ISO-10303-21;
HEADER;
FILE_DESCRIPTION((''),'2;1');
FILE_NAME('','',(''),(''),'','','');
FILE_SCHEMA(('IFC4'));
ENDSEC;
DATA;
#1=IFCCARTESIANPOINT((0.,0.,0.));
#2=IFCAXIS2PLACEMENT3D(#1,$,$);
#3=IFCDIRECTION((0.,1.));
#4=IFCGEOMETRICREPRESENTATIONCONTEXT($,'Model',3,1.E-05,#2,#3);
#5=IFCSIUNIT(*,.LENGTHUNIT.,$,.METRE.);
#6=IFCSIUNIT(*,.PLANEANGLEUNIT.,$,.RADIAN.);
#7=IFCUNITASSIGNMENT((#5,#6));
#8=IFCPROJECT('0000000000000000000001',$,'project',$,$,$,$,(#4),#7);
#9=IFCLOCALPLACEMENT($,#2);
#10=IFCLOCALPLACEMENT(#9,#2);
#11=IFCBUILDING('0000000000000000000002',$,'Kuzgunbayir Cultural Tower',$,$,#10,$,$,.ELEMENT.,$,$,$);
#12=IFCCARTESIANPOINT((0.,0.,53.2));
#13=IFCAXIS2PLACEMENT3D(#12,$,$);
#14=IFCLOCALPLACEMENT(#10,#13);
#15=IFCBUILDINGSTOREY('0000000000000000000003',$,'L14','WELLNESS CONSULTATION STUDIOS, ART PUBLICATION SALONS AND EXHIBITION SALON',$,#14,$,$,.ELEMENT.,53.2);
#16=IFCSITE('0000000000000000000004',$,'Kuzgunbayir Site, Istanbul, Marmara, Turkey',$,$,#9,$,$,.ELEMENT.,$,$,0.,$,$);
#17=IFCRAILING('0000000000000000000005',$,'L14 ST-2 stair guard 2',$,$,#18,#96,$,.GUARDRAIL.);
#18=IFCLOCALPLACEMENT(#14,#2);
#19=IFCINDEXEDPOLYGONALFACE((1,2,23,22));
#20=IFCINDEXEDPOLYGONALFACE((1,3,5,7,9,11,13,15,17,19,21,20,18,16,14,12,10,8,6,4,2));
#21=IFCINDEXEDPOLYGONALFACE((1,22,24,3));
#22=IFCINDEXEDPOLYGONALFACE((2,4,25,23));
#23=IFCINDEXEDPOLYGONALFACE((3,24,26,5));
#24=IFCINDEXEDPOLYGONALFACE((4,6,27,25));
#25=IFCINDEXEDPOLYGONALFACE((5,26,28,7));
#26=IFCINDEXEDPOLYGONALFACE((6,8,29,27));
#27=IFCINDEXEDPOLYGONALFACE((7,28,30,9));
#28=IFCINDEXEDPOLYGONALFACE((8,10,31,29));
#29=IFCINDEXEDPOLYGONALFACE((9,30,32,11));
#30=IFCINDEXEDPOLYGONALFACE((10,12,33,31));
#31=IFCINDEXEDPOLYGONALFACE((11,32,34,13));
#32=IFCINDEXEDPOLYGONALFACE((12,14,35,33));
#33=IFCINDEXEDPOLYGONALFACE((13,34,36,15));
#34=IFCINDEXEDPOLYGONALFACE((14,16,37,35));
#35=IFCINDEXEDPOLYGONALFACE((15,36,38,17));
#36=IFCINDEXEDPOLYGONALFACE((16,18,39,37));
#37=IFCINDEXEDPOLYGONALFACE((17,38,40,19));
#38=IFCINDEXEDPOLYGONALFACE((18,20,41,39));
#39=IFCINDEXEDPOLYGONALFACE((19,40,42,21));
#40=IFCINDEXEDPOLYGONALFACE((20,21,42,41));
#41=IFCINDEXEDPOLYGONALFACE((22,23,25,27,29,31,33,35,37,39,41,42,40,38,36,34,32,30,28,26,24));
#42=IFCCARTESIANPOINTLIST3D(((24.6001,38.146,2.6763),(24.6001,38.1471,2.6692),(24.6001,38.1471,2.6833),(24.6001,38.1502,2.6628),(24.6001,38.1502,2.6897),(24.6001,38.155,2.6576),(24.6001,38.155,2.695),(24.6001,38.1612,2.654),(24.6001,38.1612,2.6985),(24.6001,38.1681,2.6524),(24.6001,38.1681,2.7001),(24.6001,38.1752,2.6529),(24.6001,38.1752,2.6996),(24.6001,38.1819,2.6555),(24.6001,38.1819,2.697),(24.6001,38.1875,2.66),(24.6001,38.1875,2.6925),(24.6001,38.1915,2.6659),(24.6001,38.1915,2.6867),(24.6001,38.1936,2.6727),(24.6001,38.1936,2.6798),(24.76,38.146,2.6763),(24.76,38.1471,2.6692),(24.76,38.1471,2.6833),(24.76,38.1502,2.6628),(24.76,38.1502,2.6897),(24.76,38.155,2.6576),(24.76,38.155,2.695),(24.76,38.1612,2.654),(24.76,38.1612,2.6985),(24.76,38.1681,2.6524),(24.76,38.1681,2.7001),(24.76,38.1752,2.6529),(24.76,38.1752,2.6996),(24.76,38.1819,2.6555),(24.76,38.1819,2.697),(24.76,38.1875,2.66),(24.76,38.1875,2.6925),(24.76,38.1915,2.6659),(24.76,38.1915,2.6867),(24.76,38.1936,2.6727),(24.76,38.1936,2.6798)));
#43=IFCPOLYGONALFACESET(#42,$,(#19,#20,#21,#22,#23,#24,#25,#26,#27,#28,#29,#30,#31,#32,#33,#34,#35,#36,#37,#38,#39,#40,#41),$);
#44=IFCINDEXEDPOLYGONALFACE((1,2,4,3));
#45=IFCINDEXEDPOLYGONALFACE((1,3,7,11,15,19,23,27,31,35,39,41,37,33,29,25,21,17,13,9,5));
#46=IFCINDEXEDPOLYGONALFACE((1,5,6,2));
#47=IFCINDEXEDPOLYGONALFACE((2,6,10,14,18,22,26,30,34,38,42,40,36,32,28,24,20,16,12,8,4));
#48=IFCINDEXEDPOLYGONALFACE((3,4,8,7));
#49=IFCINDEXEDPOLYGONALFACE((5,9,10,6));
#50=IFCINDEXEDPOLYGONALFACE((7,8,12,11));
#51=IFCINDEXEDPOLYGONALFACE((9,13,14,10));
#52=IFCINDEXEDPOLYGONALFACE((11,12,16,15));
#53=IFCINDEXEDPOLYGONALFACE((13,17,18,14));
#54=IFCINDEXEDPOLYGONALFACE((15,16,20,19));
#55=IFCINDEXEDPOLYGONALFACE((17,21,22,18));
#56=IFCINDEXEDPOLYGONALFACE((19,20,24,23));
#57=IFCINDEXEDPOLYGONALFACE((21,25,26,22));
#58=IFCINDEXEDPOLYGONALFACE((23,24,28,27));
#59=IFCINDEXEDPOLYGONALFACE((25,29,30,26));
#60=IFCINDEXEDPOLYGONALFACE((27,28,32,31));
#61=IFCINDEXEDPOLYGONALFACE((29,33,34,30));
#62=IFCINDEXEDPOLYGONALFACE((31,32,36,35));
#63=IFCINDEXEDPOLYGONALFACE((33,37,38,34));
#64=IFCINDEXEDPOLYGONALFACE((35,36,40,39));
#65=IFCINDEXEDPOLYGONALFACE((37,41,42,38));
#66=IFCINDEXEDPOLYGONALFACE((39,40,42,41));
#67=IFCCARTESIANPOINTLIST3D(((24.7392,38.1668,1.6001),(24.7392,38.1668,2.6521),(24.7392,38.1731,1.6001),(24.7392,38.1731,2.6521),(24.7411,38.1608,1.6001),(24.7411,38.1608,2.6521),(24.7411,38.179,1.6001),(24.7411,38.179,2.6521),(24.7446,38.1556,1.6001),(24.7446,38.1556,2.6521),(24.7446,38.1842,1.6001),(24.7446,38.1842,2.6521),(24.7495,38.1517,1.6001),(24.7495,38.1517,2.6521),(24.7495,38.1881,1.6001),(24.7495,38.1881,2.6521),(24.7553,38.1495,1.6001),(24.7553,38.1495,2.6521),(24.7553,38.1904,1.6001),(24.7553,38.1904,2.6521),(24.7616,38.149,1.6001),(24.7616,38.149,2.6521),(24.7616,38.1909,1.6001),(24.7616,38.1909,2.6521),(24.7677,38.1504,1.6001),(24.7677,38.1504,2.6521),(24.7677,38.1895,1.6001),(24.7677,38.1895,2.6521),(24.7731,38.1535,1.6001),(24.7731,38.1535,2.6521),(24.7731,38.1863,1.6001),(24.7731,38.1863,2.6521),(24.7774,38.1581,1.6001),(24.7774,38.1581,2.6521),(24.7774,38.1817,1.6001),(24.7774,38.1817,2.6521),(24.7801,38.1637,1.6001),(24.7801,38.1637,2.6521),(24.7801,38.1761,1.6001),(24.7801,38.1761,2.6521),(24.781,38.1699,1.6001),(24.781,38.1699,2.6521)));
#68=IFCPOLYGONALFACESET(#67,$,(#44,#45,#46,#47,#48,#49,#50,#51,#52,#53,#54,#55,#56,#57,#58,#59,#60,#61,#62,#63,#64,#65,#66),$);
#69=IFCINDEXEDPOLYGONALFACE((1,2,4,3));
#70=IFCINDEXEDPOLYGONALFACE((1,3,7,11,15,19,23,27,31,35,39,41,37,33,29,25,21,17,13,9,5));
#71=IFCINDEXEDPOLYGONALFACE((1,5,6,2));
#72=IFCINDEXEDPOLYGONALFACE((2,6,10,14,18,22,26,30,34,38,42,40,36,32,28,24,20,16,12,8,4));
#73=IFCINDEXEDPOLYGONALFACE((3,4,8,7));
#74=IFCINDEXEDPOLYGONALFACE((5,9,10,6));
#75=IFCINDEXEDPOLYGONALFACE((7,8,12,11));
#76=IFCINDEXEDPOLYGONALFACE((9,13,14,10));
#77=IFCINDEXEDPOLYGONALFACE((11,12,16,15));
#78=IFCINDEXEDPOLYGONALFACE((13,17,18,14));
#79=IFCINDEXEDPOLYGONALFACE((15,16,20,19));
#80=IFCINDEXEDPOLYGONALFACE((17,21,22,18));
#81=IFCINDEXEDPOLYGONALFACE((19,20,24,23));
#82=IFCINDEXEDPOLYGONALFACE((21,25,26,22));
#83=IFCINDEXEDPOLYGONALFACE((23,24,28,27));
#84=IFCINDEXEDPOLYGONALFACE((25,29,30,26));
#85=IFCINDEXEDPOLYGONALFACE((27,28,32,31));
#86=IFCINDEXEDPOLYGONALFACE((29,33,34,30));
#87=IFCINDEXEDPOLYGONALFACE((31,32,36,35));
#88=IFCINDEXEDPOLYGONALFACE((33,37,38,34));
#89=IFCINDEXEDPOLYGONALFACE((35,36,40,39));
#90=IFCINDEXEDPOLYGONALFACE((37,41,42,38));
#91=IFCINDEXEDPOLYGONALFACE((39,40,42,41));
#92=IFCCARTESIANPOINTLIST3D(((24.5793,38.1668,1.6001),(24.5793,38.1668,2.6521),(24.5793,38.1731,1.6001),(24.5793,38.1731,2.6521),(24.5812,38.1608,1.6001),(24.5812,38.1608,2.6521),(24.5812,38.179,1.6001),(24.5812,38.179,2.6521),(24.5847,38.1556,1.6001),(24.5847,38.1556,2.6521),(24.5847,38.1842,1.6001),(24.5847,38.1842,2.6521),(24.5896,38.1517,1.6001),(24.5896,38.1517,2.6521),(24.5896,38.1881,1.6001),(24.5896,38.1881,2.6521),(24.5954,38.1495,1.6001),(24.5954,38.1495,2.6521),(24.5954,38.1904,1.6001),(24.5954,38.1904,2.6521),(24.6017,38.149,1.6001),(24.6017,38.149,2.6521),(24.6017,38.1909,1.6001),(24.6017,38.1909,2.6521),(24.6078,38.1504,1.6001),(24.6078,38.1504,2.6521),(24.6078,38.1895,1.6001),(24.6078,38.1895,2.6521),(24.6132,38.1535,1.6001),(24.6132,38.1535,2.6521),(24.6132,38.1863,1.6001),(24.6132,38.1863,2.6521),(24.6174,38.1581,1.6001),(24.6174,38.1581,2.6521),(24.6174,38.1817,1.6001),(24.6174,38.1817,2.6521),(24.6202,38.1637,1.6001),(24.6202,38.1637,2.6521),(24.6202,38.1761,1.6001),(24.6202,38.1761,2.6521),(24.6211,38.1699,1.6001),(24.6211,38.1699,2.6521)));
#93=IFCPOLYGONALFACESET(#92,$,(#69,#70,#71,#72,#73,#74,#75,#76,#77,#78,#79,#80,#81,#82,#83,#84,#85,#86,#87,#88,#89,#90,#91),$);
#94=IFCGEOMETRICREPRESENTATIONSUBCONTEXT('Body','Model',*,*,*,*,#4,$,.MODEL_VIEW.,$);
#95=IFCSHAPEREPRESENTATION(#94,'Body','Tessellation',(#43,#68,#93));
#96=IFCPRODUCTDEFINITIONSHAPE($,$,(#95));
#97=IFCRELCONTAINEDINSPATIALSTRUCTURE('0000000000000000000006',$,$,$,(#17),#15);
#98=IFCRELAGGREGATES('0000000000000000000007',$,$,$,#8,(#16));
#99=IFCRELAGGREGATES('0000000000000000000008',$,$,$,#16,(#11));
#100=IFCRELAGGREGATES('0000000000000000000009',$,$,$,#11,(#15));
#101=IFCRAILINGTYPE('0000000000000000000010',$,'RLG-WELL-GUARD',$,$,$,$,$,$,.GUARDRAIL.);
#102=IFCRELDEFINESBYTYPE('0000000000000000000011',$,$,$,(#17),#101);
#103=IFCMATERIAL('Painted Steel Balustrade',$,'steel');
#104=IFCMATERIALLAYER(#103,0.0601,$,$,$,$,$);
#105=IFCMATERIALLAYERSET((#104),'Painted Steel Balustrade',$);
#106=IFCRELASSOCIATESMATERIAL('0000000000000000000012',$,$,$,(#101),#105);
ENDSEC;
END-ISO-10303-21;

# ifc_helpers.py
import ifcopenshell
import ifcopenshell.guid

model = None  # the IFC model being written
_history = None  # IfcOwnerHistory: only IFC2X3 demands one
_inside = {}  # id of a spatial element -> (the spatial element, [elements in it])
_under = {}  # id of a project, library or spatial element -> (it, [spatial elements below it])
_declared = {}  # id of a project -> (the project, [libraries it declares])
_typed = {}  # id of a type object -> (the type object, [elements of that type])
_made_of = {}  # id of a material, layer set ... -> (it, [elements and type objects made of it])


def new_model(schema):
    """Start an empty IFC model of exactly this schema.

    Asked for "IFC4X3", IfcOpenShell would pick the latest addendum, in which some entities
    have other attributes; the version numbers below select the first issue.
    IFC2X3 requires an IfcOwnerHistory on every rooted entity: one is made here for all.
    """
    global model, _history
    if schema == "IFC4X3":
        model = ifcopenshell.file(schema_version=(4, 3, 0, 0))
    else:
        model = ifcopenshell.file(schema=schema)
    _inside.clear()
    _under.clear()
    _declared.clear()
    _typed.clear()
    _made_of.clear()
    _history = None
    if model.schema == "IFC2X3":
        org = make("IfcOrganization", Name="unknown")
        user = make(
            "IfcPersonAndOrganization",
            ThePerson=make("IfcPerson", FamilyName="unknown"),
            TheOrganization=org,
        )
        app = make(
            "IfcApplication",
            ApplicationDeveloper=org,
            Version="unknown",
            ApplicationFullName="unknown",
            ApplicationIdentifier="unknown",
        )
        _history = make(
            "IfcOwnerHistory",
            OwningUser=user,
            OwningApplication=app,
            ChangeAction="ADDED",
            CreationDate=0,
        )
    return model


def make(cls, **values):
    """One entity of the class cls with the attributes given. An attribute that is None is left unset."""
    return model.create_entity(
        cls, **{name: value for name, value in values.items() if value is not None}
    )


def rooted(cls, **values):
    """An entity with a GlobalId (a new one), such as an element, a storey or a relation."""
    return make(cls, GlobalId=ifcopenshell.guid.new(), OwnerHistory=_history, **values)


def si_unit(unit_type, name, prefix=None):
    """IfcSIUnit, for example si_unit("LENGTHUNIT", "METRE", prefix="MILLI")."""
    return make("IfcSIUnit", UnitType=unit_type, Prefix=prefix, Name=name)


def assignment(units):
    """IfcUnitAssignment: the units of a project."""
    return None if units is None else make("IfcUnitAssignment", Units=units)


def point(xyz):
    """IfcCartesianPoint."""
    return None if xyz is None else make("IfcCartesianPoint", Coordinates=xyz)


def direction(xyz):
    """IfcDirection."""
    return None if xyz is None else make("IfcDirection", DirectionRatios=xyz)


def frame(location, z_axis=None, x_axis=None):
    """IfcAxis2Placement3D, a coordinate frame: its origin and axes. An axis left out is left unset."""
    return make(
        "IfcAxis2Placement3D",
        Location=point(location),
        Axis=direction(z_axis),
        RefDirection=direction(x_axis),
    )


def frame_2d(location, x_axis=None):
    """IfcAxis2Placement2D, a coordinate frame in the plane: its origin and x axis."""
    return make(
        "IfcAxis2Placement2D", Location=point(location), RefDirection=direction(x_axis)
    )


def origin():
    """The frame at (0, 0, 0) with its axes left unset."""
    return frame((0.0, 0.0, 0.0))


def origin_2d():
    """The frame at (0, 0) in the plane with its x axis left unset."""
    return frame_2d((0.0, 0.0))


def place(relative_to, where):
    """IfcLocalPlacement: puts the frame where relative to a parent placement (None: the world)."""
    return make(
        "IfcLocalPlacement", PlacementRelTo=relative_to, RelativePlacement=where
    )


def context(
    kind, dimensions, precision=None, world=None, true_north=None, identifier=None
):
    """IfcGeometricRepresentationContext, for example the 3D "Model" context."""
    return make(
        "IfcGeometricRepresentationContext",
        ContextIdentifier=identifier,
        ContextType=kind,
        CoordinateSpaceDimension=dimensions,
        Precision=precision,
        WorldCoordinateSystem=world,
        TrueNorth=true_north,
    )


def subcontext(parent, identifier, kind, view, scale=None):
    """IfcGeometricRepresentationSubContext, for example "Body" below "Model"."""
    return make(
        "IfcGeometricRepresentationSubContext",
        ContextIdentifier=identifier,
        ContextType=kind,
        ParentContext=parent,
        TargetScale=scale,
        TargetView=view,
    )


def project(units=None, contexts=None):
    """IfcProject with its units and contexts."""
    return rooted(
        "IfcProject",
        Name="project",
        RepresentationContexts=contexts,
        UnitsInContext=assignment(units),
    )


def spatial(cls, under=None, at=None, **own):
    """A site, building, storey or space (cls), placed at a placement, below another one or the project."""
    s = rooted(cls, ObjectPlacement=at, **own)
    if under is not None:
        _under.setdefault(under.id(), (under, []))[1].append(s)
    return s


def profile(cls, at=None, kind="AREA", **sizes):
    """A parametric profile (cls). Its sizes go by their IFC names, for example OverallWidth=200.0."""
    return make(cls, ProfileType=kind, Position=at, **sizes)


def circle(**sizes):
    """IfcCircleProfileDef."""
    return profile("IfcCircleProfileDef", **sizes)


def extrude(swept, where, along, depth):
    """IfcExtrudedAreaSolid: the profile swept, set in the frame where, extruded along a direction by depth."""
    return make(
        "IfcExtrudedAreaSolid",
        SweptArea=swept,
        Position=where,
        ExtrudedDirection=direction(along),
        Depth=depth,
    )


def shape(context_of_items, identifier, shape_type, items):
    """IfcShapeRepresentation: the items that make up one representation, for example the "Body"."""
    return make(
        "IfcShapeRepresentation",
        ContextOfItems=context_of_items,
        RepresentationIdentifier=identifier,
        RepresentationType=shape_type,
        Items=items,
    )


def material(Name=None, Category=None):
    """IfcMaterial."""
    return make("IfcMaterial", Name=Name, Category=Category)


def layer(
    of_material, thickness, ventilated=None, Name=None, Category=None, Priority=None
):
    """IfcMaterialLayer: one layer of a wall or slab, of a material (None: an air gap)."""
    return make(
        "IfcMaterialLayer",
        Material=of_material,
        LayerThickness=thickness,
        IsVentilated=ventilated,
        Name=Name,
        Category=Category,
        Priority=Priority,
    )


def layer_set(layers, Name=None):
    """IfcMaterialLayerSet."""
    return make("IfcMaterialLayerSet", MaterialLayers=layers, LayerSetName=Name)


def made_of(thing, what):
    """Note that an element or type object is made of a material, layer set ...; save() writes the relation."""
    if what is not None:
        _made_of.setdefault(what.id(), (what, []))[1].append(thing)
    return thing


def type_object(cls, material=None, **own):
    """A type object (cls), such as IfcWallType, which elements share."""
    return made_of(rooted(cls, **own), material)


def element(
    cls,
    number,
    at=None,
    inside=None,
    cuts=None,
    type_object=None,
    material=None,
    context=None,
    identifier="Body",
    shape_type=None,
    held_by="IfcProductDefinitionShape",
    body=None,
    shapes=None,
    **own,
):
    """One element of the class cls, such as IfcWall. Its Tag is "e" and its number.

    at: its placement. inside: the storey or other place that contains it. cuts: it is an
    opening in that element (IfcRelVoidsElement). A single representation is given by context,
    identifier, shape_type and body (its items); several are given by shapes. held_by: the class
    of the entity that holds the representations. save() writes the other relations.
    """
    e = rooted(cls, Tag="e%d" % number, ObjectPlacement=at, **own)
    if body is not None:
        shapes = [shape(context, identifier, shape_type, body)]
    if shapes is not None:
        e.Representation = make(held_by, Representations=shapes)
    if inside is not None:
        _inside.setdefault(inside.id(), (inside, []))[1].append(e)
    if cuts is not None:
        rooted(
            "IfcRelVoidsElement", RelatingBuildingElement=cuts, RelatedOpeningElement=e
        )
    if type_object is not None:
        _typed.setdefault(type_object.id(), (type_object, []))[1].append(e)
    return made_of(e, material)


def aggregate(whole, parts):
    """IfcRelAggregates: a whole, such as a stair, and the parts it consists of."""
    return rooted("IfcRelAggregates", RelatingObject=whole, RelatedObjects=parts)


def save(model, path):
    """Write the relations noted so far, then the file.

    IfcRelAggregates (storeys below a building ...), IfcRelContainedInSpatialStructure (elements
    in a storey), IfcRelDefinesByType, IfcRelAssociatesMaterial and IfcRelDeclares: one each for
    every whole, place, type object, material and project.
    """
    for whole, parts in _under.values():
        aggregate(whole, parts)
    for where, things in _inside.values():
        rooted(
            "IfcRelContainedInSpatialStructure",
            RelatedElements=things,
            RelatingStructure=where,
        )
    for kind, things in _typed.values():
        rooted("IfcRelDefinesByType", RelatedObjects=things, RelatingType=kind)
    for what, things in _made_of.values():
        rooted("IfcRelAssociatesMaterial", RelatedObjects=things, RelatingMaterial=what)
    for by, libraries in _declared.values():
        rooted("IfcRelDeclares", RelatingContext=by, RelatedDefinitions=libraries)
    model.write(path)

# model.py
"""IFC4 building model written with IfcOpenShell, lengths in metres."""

from ifc_helpers import new_model, si_unit, direction, frame, origin, origin_2d, place, context, subcontext, project, spatial, circle, extrude, material, layer, layer_set, type_object, element, save


model = new_model("IFC4")

# Units and contexts
model_context = context("Model", 3, precision=1e-05, world=origin(), true_north=direction((0.0, 1.0)))
body_context = subcontext(model_context, "Body", "Model", "MODEL_VIEW")
ifc_project = project(units=[si_unit("LENGTHUNIT", "METRE"), si_unit("PLANEANGLEUNIT", "RADIAN")], contexts=[model_context])

# Site, building, storey
site_placement = place(None, origin())
site = spatial("IfcSite", under=ifc_project, at=site_placement, Name="Kuzgunbayir Site, Istanbul, Marmara, Turkey", CompositionType="ELEMENT", RefElevation=0.0)
building_placement = place(site_placement, origin())
building = spatial("IfcBuilding", under=site, at=building_placement, Name="Kuzgunbayir Cultural Tower", CompositionType="ELEMENT")
storey_placement = place(building_placement, frame((0.0, 0.0, 53.2)))
storey = spatial("IfcBuildingStorey", under=building, at=storey_placement, Name="L14", Description="WELLNESS CONSULTATION STUDIOS, ART PUBLICATION SALONS AND EXHIBITION SALON", CompositionType="ELEMENT", Elevation=53.2)

# Railing
ifc_material_1 = material(Name="Painted Steel Balustrade", Category="steel")
ifc_layer_1 = layer(ifc_material_1, 0.0601)
ifc_layer_set_1 = layer_set([ifc_layer_1], Name="Painted Steel Balustrade")
railing_type_1 = type_object("IfcRailingType", Name="RLG-WELL-GUARD", PredefinedType="GUARDRAIL", material=ifc_layer_set_1)
railing_1_placement = place(storey_placement, frame((24.76, 38.1699, 1.6001)))
element("IfcRailing", 1, at=railing_1_placement, inside=storey, type_object=railing_type_1, Name="L14 ST-2 stair guard 2", PredefinedType="GUARDRAIL", context=body_context, shape_type="SweptSolid", body=[
    extrude(circle(Radius=0.0239, at=origin_2d()), frame((0.0, 0.0, 1.0762), z_axis=(-1.0, 0.0, 0.0), x_axis=(0.0, -1.0, 0.0)), (0.0, 0.0, 1.0), 0.1599),
    extrude(circle(Radius=0.021, at=origin_2d()), origin(), (0.0, 0.0, 1.0), 1.052),
    extrude(circle(Radius=0.021, at=origin_2d()), frame((-0.1599, 0.0, 0.0)), (0.0, 0.0, 1.0), 1.052),
])

save(model, "model.ifc")
